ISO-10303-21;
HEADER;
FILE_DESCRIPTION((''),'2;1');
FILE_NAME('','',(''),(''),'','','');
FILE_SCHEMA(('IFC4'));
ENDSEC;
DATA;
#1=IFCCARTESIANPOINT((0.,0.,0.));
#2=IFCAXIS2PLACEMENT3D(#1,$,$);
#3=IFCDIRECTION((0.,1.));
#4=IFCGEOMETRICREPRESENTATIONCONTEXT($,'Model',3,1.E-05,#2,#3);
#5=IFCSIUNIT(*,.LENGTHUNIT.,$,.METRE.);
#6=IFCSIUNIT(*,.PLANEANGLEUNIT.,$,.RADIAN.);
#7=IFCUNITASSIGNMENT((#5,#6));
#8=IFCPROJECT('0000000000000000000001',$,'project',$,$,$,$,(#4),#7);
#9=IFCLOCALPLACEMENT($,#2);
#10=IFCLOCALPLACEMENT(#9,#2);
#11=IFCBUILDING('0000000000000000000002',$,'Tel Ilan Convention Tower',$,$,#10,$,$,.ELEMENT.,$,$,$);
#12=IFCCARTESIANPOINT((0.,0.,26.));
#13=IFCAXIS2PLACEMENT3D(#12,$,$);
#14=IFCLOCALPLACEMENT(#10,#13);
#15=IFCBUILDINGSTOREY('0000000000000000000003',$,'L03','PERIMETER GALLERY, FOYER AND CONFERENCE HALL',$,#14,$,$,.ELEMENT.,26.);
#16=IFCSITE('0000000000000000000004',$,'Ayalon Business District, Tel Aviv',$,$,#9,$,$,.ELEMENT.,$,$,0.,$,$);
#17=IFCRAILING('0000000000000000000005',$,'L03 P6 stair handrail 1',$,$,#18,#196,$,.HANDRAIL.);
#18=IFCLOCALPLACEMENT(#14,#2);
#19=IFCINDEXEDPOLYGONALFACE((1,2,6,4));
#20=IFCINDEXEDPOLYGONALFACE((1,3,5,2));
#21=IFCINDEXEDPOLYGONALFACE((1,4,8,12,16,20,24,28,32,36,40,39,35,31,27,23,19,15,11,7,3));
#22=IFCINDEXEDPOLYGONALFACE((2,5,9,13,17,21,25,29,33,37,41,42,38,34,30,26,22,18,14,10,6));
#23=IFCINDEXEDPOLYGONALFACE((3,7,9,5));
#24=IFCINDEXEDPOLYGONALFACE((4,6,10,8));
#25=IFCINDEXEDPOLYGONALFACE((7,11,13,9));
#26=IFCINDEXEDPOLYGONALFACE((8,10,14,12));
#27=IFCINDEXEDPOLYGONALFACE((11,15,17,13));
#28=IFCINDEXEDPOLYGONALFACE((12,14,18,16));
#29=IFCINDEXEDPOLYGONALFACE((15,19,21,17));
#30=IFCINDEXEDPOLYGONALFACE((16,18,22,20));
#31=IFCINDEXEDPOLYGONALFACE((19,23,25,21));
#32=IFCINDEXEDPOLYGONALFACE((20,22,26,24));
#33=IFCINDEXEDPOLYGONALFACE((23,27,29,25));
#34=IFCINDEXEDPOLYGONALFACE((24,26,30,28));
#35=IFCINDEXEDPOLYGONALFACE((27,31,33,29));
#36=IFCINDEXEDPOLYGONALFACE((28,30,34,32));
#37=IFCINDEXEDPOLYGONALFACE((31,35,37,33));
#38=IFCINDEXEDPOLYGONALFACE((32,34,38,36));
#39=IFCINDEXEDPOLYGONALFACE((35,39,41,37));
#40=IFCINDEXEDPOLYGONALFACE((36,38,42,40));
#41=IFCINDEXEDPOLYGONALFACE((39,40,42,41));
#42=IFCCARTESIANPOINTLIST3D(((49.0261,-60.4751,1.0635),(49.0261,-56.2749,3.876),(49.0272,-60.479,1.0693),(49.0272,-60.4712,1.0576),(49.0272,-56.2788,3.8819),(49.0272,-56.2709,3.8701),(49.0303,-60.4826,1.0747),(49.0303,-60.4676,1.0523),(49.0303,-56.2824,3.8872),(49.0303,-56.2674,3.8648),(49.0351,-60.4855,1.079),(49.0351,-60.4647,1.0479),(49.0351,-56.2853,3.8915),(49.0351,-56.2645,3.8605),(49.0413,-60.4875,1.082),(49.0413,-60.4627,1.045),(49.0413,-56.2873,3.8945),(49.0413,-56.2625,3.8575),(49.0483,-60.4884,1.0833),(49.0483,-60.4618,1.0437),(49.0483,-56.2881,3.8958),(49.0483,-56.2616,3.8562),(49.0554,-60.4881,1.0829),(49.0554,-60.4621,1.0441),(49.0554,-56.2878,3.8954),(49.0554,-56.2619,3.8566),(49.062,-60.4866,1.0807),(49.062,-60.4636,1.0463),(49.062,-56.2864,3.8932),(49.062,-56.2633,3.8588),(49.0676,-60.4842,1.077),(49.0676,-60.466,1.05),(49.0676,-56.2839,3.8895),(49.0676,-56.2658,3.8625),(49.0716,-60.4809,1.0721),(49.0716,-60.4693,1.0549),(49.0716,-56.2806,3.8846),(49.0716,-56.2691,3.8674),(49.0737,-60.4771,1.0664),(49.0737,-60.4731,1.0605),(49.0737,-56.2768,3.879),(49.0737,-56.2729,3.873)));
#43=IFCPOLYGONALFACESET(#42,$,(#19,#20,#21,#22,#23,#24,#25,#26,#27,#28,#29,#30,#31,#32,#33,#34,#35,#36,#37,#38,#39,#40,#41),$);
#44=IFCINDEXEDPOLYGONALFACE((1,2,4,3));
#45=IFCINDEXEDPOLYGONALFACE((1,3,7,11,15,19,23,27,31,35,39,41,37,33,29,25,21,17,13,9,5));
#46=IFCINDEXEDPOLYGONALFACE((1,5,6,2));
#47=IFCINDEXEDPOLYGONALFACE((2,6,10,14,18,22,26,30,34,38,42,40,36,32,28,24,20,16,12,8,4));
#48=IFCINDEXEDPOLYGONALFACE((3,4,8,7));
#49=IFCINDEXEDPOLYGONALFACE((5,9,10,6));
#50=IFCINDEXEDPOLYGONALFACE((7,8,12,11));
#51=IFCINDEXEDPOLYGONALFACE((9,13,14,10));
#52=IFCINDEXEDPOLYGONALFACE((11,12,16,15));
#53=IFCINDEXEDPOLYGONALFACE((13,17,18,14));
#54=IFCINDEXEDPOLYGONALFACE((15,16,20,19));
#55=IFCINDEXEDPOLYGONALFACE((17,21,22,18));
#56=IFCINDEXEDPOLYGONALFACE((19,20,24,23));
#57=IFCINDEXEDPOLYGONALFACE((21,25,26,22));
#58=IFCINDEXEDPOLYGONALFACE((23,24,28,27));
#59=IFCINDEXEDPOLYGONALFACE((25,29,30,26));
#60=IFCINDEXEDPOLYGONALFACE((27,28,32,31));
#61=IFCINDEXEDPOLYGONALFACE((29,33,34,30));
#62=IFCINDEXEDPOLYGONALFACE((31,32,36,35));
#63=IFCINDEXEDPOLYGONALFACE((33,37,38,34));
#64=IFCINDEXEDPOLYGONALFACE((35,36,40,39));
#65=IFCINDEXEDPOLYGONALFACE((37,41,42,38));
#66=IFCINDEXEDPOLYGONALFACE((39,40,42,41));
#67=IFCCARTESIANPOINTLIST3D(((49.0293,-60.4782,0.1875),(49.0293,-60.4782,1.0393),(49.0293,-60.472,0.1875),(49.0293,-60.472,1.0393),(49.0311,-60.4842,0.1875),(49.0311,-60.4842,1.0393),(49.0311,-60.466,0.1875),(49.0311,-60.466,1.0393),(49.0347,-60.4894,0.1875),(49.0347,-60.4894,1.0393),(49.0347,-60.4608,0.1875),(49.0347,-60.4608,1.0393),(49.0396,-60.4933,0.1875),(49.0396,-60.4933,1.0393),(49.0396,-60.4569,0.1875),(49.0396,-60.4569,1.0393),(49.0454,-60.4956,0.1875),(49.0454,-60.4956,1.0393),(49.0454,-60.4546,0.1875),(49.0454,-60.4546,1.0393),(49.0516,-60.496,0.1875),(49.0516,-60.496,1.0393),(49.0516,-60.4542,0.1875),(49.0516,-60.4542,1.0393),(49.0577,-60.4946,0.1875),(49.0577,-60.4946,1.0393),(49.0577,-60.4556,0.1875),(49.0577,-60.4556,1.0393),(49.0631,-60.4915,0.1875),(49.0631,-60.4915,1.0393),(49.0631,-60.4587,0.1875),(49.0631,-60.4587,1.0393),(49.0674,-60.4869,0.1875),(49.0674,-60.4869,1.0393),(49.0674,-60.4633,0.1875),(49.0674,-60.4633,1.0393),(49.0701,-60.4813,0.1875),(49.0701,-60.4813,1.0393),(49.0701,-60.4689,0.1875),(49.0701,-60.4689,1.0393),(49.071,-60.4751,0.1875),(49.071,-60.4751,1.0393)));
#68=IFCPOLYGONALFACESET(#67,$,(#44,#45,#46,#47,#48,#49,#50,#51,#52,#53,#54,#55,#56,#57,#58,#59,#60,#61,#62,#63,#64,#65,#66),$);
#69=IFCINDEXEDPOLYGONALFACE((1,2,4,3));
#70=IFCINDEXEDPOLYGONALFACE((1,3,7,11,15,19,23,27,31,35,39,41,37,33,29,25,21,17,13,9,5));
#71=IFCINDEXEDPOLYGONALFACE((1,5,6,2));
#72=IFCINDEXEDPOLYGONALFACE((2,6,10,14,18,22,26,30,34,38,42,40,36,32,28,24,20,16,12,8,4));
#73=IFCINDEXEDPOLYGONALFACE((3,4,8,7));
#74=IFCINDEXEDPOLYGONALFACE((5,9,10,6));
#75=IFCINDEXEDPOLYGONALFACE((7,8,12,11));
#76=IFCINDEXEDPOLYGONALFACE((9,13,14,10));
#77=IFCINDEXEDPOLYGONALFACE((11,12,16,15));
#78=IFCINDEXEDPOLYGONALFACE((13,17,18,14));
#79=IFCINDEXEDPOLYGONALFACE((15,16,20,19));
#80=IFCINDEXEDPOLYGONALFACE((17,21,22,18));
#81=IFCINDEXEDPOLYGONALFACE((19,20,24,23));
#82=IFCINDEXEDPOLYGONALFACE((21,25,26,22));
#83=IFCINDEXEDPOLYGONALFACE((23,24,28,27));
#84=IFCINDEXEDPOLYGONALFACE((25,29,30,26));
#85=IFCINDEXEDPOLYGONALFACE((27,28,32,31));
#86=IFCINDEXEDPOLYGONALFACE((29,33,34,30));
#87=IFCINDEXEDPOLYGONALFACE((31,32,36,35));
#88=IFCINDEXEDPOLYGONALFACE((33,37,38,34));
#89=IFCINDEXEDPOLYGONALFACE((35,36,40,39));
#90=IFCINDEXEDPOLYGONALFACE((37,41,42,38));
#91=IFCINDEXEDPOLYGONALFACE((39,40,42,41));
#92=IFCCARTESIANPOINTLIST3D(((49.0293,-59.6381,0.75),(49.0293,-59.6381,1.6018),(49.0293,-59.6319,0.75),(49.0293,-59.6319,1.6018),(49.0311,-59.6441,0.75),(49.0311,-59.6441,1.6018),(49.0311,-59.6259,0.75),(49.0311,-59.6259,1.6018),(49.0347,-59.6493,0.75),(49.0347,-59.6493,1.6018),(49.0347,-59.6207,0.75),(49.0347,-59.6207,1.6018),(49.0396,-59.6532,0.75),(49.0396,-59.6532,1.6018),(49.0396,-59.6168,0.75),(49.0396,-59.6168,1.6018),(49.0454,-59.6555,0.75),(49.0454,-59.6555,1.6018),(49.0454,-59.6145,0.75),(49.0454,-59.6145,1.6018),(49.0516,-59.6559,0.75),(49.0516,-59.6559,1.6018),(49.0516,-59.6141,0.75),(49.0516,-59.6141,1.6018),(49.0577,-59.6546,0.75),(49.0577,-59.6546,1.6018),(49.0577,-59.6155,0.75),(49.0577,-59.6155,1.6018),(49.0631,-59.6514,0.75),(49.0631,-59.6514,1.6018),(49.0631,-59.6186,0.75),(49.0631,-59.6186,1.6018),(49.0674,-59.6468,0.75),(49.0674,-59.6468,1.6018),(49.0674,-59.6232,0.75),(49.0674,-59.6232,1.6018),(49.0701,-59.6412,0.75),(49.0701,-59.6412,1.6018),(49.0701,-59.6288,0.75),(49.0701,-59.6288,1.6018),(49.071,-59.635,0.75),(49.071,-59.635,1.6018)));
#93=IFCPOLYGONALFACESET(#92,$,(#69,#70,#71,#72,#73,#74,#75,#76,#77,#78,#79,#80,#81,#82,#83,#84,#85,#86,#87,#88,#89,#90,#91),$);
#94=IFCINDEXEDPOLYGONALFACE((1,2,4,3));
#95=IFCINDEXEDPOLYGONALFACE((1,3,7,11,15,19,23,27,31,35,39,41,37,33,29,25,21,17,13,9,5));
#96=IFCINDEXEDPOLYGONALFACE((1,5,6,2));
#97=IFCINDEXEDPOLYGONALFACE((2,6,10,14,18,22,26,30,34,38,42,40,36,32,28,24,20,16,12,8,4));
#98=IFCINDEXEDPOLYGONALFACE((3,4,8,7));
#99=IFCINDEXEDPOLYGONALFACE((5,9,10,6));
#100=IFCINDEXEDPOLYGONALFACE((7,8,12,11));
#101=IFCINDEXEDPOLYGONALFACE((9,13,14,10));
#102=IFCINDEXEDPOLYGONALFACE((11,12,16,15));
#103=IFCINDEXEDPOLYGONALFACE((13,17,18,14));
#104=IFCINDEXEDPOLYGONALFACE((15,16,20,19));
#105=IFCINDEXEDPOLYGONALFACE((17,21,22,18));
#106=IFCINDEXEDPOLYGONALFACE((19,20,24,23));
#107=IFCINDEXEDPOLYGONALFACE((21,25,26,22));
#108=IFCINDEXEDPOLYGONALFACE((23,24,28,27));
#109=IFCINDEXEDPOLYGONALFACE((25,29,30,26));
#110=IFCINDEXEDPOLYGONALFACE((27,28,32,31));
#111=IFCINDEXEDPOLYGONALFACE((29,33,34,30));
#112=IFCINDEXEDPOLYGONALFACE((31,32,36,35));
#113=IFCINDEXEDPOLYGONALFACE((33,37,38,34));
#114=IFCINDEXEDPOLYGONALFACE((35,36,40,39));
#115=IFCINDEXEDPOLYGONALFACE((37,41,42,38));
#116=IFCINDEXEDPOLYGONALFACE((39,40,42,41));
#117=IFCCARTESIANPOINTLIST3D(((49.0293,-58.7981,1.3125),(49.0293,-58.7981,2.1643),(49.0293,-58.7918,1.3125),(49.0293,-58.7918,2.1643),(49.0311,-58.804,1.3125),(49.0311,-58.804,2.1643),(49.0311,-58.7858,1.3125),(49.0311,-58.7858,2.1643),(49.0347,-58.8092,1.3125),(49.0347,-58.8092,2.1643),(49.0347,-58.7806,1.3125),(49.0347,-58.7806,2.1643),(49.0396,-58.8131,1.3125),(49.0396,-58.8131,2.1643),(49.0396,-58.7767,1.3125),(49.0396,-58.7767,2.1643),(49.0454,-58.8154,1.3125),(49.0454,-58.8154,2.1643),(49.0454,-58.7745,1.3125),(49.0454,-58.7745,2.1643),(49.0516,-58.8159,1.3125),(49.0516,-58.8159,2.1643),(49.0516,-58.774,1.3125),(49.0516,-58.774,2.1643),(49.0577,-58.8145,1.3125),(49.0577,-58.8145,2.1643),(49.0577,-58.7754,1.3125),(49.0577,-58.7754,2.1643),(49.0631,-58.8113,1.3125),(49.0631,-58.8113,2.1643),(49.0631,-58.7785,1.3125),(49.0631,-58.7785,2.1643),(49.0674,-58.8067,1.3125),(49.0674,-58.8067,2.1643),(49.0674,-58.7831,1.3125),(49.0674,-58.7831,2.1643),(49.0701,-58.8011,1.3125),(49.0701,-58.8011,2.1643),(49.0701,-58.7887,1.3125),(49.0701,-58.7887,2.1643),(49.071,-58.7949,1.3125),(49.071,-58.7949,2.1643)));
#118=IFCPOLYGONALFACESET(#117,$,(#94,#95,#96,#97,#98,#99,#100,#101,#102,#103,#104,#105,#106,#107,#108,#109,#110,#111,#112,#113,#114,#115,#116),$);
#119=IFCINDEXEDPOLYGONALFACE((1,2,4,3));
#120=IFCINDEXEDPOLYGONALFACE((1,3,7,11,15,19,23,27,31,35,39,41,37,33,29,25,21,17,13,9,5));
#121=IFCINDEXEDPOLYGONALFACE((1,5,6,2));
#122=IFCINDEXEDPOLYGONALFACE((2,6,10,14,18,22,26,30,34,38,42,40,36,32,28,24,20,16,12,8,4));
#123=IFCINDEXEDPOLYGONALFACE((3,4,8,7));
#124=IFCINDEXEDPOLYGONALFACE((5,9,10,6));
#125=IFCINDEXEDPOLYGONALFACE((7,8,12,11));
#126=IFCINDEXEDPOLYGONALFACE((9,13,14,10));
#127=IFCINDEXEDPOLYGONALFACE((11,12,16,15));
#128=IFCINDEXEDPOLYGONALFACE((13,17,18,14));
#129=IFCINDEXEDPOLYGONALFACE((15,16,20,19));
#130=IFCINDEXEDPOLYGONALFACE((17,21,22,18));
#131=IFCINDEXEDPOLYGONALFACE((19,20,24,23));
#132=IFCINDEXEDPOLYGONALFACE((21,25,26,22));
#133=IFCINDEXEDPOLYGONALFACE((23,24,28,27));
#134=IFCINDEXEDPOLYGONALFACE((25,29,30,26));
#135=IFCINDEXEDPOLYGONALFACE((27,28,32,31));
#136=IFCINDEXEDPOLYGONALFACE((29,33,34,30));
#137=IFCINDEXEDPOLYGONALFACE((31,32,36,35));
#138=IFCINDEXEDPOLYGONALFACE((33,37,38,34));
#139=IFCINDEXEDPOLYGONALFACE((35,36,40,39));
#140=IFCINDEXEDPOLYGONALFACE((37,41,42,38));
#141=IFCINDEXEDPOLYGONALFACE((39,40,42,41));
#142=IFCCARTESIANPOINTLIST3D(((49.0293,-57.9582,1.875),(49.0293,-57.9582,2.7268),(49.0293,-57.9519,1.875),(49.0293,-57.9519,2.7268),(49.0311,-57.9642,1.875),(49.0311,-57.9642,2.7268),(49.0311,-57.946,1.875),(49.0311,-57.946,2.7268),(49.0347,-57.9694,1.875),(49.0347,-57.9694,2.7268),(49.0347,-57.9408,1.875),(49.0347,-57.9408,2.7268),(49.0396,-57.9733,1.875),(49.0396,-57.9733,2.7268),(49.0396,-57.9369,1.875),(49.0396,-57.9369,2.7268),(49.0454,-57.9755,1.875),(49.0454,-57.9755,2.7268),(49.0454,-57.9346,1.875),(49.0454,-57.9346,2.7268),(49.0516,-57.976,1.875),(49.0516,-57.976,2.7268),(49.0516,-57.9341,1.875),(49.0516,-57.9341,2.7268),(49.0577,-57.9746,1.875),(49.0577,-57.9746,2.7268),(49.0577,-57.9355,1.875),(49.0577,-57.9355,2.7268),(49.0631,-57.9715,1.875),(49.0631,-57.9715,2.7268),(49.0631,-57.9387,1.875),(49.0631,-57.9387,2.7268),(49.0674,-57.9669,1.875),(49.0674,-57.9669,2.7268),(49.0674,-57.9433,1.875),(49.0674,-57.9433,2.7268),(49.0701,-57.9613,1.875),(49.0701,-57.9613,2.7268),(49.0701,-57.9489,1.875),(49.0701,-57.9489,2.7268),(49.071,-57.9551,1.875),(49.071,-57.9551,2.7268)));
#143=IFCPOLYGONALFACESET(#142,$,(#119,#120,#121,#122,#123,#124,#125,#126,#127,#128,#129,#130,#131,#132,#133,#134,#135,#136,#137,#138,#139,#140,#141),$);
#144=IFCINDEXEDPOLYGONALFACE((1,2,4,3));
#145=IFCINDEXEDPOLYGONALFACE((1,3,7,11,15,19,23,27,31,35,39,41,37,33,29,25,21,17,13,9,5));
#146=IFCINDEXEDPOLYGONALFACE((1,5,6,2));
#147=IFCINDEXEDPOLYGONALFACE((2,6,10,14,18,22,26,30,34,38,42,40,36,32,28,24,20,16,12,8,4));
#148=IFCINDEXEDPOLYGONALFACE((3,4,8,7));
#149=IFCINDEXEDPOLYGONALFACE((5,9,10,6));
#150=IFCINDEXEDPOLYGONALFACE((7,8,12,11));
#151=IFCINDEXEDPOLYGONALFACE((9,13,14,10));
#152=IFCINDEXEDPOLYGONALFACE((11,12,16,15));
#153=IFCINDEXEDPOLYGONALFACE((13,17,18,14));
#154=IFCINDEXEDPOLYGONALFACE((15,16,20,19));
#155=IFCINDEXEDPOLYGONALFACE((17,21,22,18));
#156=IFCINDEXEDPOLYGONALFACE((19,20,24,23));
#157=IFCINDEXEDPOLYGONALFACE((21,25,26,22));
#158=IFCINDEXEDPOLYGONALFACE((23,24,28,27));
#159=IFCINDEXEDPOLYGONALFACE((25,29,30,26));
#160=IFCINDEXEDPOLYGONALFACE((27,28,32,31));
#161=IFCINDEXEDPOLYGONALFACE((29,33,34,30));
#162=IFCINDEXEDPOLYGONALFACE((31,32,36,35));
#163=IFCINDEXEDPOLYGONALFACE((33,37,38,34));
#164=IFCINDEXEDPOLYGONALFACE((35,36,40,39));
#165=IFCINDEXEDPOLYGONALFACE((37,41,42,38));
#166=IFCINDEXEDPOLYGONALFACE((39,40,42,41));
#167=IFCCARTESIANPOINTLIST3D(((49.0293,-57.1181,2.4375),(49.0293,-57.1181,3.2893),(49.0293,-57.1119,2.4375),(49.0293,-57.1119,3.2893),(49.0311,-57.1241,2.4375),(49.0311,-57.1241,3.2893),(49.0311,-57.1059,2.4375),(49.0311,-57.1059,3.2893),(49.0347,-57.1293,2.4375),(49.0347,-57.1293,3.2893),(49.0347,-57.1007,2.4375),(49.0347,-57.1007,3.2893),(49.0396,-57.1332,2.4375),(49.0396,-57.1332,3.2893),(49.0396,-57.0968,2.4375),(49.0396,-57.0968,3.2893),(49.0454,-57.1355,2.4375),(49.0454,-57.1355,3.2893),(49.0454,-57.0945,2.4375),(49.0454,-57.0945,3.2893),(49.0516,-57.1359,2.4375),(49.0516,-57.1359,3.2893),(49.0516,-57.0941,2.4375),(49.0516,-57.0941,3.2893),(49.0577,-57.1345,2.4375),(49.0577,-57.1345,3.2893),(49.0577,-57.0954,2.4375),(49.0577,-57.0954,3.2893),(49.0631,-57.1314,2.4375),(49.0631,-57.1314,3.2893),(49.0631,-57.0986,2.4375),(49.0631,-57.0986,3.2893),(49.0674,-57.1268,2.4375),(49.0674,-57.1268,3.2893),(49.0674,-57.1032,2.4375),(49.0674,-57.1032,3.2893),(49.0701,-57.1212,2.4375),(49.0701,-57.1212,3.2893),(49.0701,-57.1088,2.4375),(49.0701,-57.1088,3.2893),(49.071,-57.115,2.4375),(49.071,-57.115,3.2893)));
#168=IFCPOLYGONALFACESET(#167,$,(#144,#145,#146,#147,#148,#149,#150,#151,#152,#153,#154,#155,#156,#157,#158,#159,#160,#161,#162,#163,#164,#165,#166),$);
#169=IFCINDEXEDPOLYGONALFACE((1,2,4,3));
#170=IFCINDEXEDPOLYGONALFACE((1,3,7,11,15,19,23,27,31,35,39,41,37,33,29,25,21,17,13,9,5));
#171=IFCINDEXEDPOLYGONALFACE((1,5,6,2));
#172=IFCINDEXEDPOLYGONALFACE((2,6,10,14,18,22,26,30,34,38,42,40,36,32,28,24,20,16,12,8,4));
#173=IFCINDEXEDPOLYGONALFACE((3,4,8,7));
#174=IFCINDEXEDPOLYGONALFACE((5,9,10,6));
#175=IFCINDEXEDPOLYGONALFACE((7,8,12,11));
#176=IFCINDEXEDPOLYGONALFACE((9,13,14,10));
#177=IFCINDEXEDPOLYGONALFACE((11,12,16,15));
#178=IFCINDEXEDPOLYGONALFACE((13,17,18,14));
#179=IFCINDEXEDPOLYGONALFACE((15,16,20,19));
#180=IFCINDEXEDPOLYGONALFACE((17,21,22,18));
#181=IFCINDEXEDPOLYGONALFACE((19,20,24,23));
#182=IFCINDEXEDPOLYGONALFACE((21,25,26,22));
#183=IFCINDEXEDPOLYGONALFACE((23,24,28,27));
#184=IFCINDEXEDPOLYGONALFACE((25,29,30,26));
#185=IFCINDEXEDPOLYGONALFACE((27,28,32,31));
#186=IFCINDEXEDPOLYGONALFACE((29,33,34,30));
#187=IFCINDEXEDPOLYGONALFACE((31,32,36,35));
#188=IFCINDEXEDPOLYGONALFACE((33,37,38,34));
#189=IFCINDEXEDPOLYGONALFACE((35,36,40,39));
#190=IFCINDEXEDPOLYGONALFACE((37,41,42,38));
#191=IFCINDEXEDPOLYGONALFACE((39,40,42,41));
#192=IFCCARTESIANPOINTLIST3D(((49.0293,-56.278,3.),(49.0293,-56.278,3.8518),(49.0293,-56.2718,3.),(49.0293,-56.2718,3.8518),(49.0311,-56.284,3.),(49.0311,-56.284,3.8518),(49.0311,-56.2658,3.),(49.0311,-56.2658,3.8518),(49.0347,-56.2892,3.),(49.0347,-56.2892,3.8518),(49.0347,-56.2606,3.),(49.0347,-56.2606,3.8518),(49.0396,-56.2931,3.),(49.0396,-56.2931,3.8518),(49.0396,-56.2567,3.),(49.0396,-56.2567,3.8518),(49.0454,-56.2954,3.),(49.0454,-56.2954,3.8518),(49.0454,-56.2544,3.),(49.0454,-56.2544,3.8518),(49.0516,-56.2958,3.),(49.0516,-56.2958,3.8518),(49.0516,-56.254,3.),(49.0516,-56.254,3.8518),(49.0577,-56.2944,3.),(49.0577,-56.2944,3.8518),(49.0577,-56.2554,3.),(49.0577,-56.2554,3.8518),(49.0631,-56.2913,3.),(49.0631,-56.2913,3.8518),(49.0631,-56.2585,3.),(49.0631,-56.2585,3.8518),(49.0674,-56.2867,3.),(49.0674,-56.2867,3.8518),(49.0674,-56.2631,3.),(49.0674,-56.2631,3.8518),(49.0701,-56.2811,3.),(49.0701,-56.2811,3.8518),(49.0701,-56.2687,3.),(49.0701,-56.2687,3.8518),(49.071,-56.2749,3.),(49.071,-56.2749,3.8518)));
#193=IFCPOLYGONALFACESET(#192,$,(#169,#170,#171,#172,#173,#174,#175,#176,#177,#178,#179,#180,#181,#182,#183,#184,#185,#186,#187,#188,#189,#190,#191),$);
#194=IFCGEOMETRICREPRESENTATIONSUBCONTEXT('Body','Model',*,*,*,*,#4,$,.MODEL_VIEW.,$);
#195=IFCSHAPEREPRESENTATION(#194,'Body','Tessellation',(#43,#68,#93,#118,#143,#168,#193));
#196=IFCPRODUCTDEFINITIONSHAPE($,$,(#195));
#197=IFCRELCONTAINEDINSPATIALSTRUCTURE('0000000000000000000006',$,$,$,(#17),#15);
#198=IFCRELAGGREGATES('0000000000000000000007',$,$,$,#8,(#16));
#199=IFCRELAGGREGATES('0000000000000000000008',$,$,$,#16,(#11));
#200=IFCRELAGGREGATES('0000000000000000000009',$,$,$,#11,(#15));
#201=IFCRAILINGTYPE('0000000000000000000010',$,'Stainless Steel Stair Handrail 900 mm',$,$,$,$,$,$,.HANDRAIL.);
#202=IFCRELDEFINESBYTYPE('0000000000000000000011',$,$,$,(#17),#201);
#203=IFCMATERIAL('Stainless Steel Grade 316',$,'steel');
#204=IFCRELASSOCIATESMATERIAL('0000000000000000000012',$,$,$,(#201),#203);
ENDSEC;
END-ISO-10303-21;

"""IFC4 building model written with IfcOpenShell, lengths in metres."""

from ifc_helpers import new_model, si_unit, direction, frame, origin, origin_2d, place, context, subcontext, project, spatial, circle, extrude, material, type_object, element, save


model = new_model("IFC4")

# Units and contexts
model_context = context("Model", 3, precision=1e-05, world=origin(), true_north=direction((0.0, 1.0)))
body_context = subcontext(model_context, "Body", "Model", "MODEL_VIEW")
ifc_project = project(units=[si_unit("LENGTHUNIT", "METRE"), si_unit("PLANEANGLEUNIT", "RADIAN")], contexts=[model_context])

# Site, building, storey
site_placement = place(None, origin())
site = spatial("IfcSite", under=ifc_project, at=site_placement, Name="Ayalon Business District, Tel Aviv", CompositionType="ELEMENT", RefElevation=0.0)
building_placement = place(site_placement, origin())
building = spatial("IfcBuilding", under=site, at=building_placement, Name="Tel Ilan Convention Tower", CompositionType="ELEMENT")
storey_placement = place(building_placement, frame((0.0, 0.0, 26.0)))
storey = spatial("IfcBuildingStorey", under=building, at=storey_placement, Name="L03", Description="PERIMETER GALLERY, FOYER AND CONFERENCE HALL", CompositionType="ELEMENT", Elevation=26.0)

# Railing
ifc_material_1 = material(Name="Stainless Steel Grade 316", Category="steel")
railing_type_1 = type_object("IfcRailingType", Name="Stainless Steel Stair Handrail 900 mm", PredefinedType="HANDRAIL", material=ifc_material_1)
railing_1_placement = place(storey_placement, frame((49.05, -60.4751, 0.1875)))
element("IfcRailing", 1, at=railing_1_placement, inside=storey, type_object=railing_type_1, Name="L03 P6 stair handrail 1", PredefinedType="HANDRAIL", context=body_context, shape_type="SweptSolid", body=[
    extrude(circle(Radius=0.0239, at=origin_2d()), frame((0.0, 0.0, 0.876), z_axis=(0.0, 0.830919, 0.556393), x_axis=(-1.0, 0.0, 0.0)), (0.0, 0.0, 1.0), 5.0549),
    extrude(circle(Radius=0.021, at=origin_2d()), origin(), (0.0, 0.0, 1.0), 0.8518),
    extrude(circle(Radius=0.021, at=origin_2d()), frame((0.0, 0.8401, 0.5625)), (0.0, 0.0, 1.0), 0.8518),
    extrude(circle(Radius=0.021, at=origin_2d()), frame((0.0, 1.6802, 1.125)), (0.0, 0.0, 1.0), 0.8518),
    extrude(circle(Radius=0.021, at=origin_2d()), frame((0.0, 2.52, 1.6875)), (0.0, 0.0, 1.0), 0.8518),
    extrude(circle(Radius=0.021, at=origin_2d()), frame((0.0, 3.3601, 2.25)), (0.0, 0.0, 1.0), 0.8518),
    extrude(circle(Radius=0.021, at=origin_2d()), frame((0.0, 4.2002, 2.8125)), (0.0, 0.0, 1.0), 0.8518),
])

save(model, "model.ifc")
